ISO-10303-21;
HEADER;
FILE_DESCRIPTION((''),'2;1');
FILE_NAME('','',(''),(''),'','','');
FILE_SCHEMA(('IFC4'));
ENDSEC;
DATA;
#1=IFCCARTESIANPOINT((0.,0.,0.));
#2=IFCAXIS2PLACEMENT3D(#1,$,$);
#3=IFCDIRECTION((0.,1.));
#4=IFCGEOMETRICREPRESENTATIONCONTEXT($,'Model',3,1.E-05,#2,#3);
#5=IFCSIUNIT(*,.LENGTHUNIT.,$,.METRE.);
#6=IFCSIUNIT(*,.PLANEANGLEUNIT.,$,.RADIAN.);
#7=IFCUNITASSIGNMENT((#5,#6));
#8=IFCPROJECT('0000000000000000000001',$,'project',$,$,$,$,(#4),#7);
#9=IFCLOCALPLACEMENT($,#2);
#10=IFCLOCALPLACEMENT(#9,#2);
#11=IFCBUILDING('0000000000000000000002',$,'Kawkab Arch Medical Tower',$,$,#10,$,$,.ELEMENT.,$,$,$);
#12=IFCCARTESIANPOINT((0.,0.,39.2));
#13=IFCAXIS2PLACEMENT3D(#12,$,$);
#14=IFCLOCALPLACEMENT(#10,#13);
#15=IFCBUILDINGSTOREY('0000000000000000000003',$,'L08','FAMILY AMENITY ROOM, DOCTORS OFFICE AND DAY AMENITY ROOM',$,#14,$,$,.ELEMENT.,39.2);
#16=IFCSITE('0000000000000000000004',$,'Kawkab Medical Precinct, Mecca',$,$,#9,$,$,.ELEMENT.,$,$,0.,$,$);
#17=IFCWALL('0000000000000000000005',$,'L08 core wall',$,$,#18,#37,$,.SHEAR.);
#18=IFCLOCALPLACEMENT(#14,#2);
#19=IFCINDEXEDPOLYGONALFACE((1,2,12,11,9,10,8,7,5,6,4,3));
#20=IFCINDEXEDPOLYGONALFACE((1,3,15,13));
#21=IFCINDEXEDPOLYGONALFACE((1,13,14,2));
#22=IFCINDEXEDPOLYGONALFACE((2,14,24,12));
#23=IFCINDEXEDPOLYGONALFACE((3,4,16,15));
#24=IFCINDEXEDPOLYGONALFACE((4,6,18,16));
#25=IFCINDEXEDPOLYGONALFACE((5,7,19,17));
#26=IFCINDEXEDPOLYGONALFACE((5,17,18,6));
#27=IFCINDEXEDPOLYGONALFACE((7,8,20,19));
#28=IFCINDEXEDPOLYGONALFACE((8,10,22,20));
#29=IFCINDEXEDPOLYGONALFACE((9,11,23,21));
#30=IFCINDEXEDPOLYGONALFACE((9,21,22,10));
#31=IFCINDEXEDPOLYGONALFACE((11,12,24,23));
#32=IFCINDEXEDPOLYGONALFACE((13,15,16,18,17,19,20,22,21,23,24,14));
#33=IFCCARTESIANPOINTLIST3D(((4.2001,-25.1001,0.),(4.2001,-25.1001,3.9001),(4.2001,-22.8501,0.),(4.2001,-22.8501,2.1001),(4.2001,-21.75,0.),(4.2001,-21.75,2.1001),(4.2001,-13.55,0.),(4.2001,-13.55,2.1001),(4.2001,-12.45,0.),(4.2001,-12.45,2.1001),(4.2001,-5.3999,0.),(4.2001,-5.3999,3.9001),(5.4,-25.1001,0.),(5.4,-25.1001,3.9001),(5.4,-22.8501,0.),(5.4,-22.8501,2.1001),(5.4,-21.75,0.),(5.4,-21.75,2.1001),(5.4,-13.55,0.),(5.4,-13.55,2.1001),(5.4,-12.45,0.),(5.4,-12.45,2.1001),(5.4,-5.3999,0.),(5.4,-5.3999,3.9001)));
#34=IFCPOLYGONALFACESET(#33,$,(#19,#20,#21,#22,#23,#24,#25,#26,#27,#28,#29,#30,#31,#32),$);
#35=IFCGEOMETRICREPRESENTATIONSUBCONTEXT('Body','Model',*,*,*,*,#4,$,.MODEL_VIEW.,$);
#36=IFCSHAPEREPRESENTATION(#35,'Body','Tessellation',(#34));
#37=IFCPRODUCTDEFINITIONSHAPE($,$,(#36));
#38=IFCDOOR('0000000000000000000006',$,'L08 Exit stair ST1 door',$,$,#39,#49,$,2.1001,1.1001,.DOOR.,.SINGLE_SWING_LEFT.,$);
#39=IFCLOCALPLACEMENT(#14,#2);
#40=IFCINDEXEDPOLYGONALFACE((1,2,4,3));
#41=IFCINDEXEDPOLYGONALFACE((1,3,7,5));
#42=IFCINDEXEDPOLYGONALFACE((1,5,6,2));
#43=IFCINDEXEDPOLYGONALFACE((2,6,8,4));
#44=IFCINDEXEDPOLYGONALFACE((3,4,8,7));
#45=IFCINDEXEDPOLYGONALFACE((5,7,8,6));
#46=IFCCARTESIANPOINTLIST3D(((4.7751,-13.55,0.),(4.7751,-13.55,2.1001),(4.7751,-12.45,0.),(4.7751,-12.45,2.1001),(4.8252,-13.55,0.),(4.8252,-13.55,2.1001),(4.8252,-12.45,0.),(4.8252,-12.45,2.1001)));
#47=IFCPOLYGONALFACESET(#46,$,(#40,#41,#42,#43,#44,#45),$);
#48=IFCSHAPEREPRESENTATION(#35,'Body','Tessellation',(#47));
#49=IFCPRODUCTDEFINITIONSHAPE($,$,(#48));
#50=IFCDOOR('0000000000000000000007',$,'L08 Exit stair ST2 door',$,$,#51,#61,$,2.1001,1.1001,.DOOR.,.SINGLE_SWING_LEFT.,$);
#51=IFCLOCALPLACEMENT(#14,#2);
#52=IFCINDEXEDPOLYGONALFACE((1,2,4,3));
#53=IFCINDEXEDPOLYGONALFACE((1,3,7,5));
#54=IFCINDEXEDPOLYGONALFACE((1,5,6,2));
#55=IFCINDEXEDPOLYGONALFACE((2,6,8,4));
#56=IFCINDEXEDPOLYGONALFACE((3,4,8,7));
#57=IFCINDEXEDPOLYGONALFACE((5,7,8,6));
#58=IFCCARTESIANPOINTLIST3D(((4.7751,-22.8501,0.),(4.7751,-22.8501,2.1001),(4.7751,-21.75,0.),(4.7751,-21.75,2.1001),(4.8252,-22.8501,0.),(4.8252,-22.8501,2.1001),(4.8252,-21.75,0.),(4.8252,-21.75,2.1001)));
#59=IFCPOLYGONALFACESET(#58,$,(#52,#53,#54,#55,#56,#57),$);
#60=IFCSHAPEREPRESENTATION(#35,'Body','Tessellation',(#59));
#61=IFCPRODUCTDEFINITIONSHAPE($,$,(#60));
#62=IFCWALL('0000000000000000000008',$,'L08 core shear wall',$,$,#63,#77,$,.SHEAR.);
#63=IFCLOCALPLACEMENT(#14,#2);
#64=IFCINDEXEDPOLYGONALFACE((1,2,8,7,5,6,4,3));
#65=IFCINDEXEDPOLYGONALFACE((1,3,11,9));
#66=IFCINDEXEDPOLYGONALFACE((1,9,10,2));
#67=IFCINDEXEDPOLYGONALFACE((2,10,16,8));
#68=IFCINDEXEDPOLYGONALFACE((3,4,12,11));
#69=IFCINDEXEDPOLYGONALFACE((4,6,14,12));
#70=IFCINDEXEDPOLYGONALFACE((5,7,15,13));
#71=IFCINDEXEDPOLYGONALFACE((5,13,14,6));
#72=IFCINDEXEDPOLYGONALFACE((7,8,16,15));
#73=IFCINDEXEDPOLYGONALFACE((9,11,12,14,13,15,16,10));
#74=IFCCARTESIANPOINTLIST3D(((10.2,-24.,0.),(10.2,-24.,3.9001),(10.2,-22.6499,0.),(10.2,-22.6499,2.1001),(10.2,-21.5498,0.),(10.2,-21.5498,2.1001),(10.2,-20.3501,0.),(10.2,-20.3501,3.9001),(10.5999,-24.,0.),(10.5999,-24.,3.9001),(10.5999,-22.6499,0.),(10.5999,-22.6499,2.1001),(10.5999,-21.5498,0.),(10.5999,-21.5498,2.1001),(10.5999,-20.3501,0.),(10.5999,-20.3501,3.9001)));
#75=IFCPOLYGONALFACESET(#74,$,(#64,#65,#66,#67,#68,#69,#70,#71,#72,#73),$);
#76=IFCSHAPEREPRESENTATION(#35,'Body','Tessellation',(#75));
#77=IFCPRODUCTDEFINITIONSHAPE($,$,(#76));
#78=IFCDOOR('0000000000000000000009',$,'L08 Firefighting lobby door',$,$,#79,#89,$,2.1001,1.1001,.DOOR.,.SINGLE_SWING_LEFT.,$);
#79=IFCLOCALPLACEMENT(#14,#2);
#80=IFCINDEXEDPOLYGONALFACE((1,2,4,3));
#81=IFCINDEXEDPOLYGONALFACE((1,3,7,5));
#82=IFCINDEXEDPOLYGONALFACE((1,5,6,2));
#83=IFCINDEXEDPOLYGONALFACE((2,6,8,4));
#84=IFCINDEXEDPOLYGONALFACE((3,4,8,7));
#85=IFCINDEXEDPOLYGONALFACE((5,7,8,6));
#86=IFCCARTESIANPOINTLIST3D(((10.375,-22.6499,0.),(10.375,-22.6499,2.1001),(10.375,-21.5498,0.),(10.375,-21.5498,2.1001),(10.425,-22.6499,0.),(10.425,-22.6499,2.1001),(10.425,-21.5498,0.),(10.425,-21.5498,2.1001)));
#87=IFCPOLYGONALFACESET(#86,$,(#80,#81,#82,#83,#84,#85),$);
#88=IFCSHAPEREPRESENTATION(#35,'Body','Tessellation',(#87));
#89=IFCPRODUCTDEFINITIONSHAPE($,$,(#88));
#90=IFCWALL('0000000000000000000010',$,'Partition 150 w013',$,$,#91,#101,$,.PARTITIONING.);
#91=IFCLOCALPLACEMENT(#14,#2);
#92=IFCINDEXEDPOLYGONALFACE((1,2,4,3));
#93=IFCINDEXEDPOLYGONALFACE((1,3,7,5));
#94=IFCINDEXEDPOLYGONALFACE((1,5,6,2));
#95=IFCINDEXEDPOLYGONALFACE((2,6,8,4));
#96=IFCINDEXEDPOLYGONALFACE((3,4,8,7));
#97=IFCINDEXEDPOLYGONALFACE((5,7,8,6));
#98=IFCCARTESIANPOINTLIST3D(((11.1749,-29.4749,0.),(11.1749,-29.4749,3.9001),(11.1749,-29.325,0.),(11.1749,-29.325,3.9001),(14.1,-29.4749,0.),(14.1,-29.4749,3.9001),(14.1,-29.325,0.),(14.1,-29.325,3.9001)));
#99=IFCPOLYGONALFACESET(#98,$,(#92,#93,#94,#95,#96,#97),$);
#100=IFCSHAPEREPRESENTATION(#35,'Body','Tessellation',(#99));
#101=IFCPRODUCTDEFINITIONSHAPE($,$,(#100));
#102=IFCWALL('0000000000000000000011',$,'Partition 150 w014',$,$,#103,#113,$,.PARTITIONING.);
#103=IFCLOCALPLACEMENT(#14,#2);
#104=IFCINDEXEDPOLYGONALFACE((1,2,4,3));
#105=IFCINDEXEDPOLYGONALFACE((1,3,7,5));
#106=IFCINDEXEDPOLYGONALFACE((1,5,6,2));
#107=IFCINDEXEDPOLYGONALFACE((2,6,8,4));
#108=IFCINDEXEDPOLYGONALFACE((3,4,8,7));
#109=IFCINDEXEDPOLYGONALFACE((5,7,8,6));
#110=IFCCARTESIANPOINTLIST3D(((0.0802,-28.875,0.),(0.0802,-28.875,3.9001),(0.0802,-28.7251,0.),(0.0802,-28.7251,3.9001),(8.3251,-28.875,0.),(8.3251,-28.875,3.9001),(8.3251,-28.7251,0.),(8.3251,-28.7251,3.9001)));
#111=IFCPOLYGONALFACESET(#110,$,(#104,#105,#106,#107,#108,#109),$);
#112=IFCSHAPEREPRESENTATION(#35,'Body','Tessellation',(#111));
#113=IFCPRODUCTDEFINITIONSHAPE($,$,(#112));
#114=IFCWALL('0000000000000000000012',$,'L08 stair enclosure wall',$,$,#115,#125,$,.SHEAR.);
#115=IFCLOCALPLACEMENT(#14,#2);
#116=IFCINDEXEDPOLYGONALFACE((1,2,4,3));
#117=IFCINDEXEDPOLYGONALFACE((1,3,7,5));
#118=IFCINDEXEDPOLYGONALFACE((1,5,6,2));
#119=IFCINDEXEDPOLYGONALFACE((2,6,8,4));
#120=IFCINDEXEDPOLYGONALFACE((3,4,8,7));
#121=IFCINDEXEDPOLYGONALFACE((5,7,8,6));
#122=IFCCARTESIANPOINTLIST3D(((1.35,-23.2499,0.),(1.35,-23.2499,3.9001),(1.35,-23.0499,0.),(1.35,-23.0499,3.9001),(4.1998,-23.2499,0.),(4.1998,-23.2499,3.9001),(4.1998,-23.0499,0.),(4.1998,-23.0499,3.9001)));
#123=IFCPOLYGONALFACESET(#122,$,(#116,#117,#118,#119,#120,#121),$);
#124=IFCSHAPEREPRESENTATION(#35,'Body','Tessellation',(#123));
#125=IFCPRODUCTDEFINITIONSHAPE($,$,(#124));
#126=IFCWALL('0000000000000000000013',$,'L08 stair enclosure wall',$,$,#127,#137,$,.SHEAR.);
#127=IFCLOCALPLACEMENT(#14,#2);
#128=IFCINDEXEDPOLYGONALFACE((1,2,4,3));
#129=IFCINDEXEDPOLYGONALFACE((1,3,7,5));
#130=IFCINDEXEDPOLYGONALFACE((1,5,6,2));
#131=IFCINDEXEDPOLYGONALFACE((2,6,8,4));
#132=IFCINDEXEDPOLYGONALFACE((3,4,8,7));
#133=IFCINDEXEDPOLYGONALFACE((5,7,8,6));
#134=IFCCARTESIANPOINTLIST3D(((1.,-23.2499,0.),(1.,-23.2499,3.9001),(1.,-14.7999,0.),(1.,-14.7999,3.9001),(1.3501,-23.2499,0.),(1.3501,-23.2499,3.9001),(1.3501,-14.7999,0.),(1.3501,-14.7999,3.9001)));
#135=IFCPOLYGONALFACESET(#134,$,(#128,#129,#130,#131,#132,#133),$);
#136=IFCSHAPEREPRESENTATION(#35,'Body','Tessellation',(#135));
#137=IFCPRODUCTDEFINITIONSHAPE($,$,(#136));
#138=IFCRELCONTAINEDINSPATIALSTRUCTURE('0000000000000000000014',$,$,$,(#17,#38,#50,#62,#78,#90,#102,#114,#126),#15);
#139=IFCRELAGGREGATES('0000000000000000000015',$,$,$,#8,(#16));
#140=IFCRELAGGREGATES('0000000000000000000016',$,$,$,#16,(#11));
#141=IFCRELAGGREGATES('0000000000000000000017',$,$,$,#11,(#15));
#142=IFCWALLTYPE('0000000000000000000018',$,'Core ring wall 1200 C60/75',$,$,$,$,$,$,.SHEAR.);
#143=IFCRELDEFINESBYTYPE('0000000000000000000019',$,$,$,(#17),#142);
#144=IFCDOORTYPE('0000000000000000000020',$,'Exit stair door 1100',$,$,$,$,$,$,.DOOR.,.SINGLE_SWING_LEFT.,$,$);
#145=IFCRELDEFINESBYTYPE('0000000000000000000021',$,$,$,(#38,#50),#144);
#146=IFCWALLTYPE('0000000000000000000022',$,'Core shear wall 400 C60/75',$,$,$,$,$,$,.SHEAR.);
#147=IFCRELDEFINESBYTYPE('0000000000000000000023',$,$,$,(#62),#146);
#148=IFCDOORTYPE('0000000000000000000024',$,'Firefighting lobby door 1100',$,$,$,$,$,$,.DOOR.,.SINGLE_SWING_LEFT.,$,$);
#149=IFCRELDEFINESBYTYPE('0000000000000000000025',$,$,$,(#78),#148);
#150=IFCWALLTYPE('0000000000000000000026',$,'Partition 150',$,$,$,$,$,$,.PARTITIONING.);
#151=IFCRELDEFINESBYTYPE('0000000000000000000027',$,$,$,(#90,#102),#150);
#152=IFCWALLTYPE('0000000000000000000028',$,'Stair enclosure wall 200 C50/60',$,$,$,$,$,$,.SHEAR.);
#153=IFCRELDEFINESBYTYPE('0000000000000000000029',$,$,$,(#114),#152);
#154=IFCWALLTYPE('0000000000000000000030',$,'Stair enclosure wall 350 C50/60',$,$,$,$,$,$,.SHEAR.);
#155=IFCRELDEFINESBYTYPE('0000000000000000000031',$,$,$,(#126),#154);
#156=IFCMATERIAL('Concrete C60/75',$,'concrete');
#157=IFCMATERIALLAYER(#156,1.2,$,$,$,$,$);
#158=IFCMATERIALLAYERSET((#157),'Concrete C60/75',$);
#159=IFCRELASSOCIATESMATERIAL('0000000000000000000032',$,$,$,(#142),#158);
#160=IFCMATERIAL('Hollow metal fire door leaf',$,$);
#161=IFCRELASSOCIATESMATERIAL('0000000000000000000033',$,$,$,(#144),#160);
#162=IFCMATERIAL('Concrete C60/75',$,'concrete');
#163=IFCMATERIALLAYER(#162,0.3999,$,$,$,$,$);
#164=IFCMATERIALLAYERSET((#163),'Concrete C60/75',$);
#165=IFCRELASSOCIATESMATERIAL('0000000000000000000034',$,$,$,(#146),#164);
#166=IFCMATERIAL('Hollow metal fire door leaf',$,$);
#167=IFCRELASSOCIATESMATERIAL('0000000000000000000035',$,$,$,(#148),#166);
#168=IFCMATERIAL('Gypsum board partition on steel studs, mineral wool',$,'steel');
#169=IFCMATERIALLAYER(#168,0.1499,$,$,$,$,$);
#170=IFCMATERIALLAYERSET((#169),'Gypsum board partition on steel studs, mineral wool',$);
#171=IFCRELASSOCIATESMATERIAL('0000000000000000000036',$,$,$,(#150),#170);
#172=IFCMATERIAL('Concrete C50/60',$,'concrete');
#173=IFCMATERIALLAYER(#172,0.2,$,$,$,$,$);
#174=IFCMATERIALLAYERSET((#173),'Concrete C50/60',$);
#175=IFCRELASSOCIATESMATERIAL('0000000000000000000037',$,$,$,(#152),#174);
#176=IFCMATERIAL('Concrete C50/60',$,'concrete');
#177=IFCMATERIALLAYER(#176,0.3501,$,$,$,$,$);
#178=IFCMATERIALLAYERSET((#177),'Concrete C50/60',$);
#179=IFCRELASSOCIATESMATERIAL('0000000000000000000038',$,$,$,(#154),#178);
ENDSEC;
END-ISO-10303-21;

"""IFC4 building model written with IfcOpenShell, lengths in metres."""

from ifc_helpers import new_model, si_unit, direction, frame, frame_2d, origin, place, context, subcontext, project, spatial, rectangle, extrude, material, layer, layer_set, type_object, element, fill, save


model = new_model("IFC4")

# Units and contexts
model_context = context("Model", 3, precision=1e-05, world=origin(), true_north=direction((0.0, 1.0)))
body_context = subcontext(model_context, "Body", "Model", "MODEL_VIEW")
ifc_project = project(units=[si_unit("LENGTHUNIT", "METRE"), si_unit("PLANEANGLEUNIT", "RADIAN")], contexts=[model_context])

# Site, building, storey
site_placement = place(None, origin())
site = spatial("IfcSite", under=ifc_project, at=site_placement, Name="Kawkab Medical Precinct, Mecca", CompositionType="ELEMENT", RefElevation=0.0)
building_placement = place(site_placement, origin())
building = spatial("IfcBuilding", under=site, at=building_placement, Name="Kawkab Arch Medical Tower", CompositionType="ELEMENT")
storey_placement = place(building_placement, frame((0.0, 0.0, 39.2)))
storey = spatial("IfcBuildingStorey", under=building, at=storey_placement, Name="L08", Description="FAMILY AMENITY ROOM, DOCTORS OFFICE AND DAY AMENITY ROOM", CompositionType="ELEMENT", Elevation=39.2)

# Wall, openings, doors
ifc_material_1 = material(Name="Concrete C60/75", Category="concrete")
ifc_layer_1 = layer(ifc_material_1, 1.2)
ifc_layer_set_1 = layer_set([ifc_layer_1], Name="Concrete C60/75")
wall_type_1 = type_object("IfcWallType", Name="Core ring wall 1200 C60/75", PredefinedType="SHEAR", material=ifc_layer_set_1)
wall_1_placement = place(storey_placement, frame((4.8, -25.1001, 0.0), z_axis=(0.0, 0.0, 1.0), x_axis=(0.0, 1.0, 0.0)))
wall_1 = element("IfcWall", 1, at=wall_1_placement, inside=storey, type_object=wall_type_1, Name="L08 core wall", PredefinedType="SHEAR", context=body_context, shape_type="SweptSolid", body=[
    extrude(rectangle(XDim=19.7002, YDim=1.2, at=frame_2d((9.8501, 0.0))), origin(), (0.0, 0.0, 1.0), 3.9001),
])
opening_1_placement = place(wall_1_placement, frame((11.55, 0.0, 0.0)))
opening_1 = element("IfcOpeningElement", 2, at=opening_1_placement, cuts=wall_1, PredefinedType="OPENING", context=body_context, shape_type="SweptSolid", body=[
    extrude(rectangle(XDim=1.1001, YDim=2.1001, at=frame_2d((0.55, 1.05))), frame((0.0, 0.6099, 0.0), z_axis=(0.0, -1.0, 0.0), x_axis=(1.0, 0.0, 0.0)), (0.0, 0.0, 1.0), 1.22),
])
opening_2_placement = place(wall_1_placement, frame((2.25, 0.0, 0.0)))
opening_2 = element("IfcOpeningElement", 3, at=opening_2_placement, cuts=wall_1, PredefinedType="OPENING", context=body_context, shape_type="SweptSolid", body=[
    extrude(rectangle(XDim=1.1001, YDim=2.1001, at=frame_2d((0.55, 1.05))), frame((0.0, 0.6099, 0.0), z_axis=(0.0, -1.0, 0.0), x_axis=(1.0, 0.0, 0.0)), (0.0, 0.0, 1.0), 1.22),
])
ifc_material_2 = material(Name="Hollow metal fire door leaf")
door_type_1 = type_object("IfcDoorType", Name="Exit stair door 1100", OperationType="SINGLE_SWING_LEFT", PredefinedType="DOOR", material=ifc_material_2)
door_1_placement = place(opening_1_placement, origin())
door_1 = element("IfcDoor", 4, at=door_1_placement, inside=storey, type_object=door_type_1, Name="L08 Exit stair ST1 door", OperationType="SINGLE_SWING_LEFT", OverallHeight=2.1001, OverallWidth=1.1001, PredefinedType="DOOR", context=body_context, shape_type="SweptSolid", body=[
    extrude(rectangle(XDim=1.1001, YDim=2.1001, at=frame_2d((0.55, 1.05))), frame((0.0, 0.0249, 0.0), z_axis=(0.0, -1.0, 0.0), x_axis=(1.0, 0.0, 0.0)), (0.0, 0.0, 1.0), 0.05),
])
fill(opening_1, door_1)
door_2_placement = place(opening_2_placement, origin())
door_2 = element("IfcDoor", 5, at=door_2_placement, inside=storey, type_object=door_type_1, Name="L08 Exit stair ST2 door", OperationType="SINGLE_SWING_LEFT", OverallHeight=2.1001, OverallWidth=1.1001, PredefinedType="DOOR", context=body_context, shape_type="SweptSolid", body=[
    extrude(rectangle(XDim=1.1001, YDim=2.1001, at=frame_2d((0.55, 1.05))), frame((0.0, 0.0249, 0.0), z_axis=(0.0, -1.0, 0.0), x_axis=(1.0, 0.0, 0.0)), (0.0, 0.0, 1.0), 0.05),
])
fill(opening_2, door_2)

# Wall, opening, door
ifc_material_3 = material(Name="Concrete C60/75", Category="concrete")
ifc_layer_2 = layer(ifc_material_3, 0.3999)
ifc_layer_set_2 = layer_set([ifc_layer_2], Name="Concrete C60/75")
wall_type_2 = type_object("IfcWallType", Name="Core shear wall 400 C60/75", PredefinedType="SHEAR", material=ifc_layer_set_2)
wall_2_placement = place(storey_placement, frame((10.3999, -24.0, 0.0), z_axis=(0.0, 0.0, 1.0), x_axis=(0.0, 1.0, 0.0)))
wall_2 = element("IfcWall", 6, at=wall_2_placement, inside=storey, type_object=wall_type_2, Name="L08 core shear wall", PredefinedType="SHEAR", context=body_context, shape_type="SweptSolid", body=[
    extrude(rectangle(XDim=3.6499, YDim=0.3999, at=frame_2d((1.825, 0.0))), origin(), (0.0, 0.0, 1.0), 3.9001),
])
opening_3_placement = place(wall_2_placement, frame((1.3501, 0.0, 0.0)))
opening_3 = element("IfcOpeningElement", 7, at=opening_3_placement, cuts=wall_2, PredefinedType="OPENING", context=body_context, shape_type="SweptSolid", body=[
    extrude(rectangle(XDim=1.1001, YDim=2.1001, at=frame_2d((0.55, 1.05))), frame((0.0, 0.21, 0.0), z_axis=(0.0, -1.0, 0.0), x_axis=(1.0, 0.0, 0.0)), (0.0, 0.0, 1.0), 0.4199),
])
ifc_material_4 = material(Name="Hollow metal fire door leaf")
door_type_2 = type_object("IfcDoorType", Name="Firefighting lobby door 1100", OperationType="SINGLE_SWING_LEFT", PredefinedType="DOOR", material=ifc_material_4)
door_3_placement = place(opening_3_placement, origin())
door_3 = element("IfcDoor", 8, at=door_3_placement, inside=storey, type_object=door_type_2, Name="L08 Firefighting lobby door", OperationType="SINGLE_SWING_LEFT", OverallHeight=2.1001, OverallWidth=1.1001, PredefinedType="DOOR", context=body_context, shape_type="SweptSolid", body=[
    extrude(rectangle(XDim=1.1001, YDim=2.1001, at=frame_2d((0.55, 1.05))), frame((0.0, 0.0249, 0.0), z_axis=(0.0, -1.0, 0.0), x_axis=(1.0, 0.0, 0.0)), (0.0, 0.0, 1.0), 0.05),
])
fill(opening_3, door_3)

# Walls
ifc_material_5 = material(Name="Gypsum board partition on steel studs, mineral wool", Category="steel")
ifc_layer_3 = layer(ifc_material_5, 0.1499)
ifc_layer_set_3 = layer_set([ifc_layer_3], Name="Gypsum board partition on steel studs, mineral wool")
wall_type_3 = type_object("IfcWallType", Name="Partition 150", PredefinedType="PARTITIONING", material=ifc_layer_set_3)
wall_3_placement = place(storey_placement, frame((11.175, -29.3999, 0.0), z_axis=(0.0, 0.0, 1.0), x_axis=(1.0, 0.0, 0.0)))
element("IfcWall", 9, at=wall_3_placement, inside=storey, type_object=wall_type_3, Name="Partition 150 w013", PredefinedType="PARTITIONING", context=body_context, shape_type="SweptSolid", body=[
    extrude(rectangle(XDim=2.925, YDim=0.1499, at=frame_2d((1.4624, 0.0))), origin(), (0.0, 0.0, 1.0), 3.9001),
])
wall_4_placement = place(storey_placement, frame((0.0801, -28.8, 0.0), z_axis=(0.0, 0.0, 1.0), x_axis=(1.0, 0.0, 0.0)))
element("IfcWall", 10, at=wall_4_placement, inside=storey, type_object=wall_type_3, Name="Partition 150 w014", PredefinedType="PARTITIONING", context=body_context, shape_type="SweptSolid", body=[
    extrude(rectangle(XDim=8.2449, YDim=0.1499, at=frame_2d((4.1226, 0.0))), origin(), (0.0, 0.0, 1.0), 3.9001),
])
ifc_material_6 = material(Name="Concrete C50/60", Category="concrete")
ifc_layer_4 = layer(ifc_material_6, 0.2)
ifc_layer_set_4 = layer_set([ifc_layer_4], Name="Concrete C50/60")
wall_type_4 = type_object("IfcWallType", Name="Stair enclosure wall 200 C50/60", PredefinedType="SHEAR", material=ifc_layer_set_4)
wall_5_placement = place(storey_placement, frame((1.3501, -23.1499, 0.0), z_axis=(0.0, 0.0, 1.0), x_axis=(1.0, 0.0, 0.0)))
element("IfcWall", 11, at=wall_5_placement, inside=storey, type_object=wall_type_4, Name="L08 stair enclosure wall", PredefinedType="SHEAR", context=body_context, shape_type="SweptSolid", body=[
    extrude(rectangle(XDim=2.8499, YDim=0.2, at=frame_2d((1.4248, 0.0))), origin(), (0.0, 0.0, 1.0), 3.9001),
])
ifc_material_7 = material(Name="Concrete C50/60", Category="concrete")
ifc_layer_5 = layer(ifc_material_7, 0.3501)
ifc_layer_set_5 = layer_set([ifc_layer_5], Name="Concrete C50/60")
wall_type_5 = type_object("IfcWallType", Name="Stair enclosure wall 350 C50/60", PredefinedType="SHEAR", material=ifc_layer_set_5)
wall_6_placement = place(storey_placement, frame((1.175, -23.25, 0.0), z_axis=(0.0, 0.0, 1.0), x_axis=(0.0, 1.0, 0.0)))
element("IfcWall", 12, at=wall_6_placement, inside=storey, type_object=wall_type_5, Name="L08 stair enclosure wall", PredefinedType="SHEAR", context=body_context, shape_type="SweptSolid", body=[
    extrude(rectangle(XDim=8.45, YDim=0.3501, at=frame_2d((4.2251, 0.0))), origin(), (0.0, 0.0, 1.0), 3.9001),
])

save(model, "model.ifc")
